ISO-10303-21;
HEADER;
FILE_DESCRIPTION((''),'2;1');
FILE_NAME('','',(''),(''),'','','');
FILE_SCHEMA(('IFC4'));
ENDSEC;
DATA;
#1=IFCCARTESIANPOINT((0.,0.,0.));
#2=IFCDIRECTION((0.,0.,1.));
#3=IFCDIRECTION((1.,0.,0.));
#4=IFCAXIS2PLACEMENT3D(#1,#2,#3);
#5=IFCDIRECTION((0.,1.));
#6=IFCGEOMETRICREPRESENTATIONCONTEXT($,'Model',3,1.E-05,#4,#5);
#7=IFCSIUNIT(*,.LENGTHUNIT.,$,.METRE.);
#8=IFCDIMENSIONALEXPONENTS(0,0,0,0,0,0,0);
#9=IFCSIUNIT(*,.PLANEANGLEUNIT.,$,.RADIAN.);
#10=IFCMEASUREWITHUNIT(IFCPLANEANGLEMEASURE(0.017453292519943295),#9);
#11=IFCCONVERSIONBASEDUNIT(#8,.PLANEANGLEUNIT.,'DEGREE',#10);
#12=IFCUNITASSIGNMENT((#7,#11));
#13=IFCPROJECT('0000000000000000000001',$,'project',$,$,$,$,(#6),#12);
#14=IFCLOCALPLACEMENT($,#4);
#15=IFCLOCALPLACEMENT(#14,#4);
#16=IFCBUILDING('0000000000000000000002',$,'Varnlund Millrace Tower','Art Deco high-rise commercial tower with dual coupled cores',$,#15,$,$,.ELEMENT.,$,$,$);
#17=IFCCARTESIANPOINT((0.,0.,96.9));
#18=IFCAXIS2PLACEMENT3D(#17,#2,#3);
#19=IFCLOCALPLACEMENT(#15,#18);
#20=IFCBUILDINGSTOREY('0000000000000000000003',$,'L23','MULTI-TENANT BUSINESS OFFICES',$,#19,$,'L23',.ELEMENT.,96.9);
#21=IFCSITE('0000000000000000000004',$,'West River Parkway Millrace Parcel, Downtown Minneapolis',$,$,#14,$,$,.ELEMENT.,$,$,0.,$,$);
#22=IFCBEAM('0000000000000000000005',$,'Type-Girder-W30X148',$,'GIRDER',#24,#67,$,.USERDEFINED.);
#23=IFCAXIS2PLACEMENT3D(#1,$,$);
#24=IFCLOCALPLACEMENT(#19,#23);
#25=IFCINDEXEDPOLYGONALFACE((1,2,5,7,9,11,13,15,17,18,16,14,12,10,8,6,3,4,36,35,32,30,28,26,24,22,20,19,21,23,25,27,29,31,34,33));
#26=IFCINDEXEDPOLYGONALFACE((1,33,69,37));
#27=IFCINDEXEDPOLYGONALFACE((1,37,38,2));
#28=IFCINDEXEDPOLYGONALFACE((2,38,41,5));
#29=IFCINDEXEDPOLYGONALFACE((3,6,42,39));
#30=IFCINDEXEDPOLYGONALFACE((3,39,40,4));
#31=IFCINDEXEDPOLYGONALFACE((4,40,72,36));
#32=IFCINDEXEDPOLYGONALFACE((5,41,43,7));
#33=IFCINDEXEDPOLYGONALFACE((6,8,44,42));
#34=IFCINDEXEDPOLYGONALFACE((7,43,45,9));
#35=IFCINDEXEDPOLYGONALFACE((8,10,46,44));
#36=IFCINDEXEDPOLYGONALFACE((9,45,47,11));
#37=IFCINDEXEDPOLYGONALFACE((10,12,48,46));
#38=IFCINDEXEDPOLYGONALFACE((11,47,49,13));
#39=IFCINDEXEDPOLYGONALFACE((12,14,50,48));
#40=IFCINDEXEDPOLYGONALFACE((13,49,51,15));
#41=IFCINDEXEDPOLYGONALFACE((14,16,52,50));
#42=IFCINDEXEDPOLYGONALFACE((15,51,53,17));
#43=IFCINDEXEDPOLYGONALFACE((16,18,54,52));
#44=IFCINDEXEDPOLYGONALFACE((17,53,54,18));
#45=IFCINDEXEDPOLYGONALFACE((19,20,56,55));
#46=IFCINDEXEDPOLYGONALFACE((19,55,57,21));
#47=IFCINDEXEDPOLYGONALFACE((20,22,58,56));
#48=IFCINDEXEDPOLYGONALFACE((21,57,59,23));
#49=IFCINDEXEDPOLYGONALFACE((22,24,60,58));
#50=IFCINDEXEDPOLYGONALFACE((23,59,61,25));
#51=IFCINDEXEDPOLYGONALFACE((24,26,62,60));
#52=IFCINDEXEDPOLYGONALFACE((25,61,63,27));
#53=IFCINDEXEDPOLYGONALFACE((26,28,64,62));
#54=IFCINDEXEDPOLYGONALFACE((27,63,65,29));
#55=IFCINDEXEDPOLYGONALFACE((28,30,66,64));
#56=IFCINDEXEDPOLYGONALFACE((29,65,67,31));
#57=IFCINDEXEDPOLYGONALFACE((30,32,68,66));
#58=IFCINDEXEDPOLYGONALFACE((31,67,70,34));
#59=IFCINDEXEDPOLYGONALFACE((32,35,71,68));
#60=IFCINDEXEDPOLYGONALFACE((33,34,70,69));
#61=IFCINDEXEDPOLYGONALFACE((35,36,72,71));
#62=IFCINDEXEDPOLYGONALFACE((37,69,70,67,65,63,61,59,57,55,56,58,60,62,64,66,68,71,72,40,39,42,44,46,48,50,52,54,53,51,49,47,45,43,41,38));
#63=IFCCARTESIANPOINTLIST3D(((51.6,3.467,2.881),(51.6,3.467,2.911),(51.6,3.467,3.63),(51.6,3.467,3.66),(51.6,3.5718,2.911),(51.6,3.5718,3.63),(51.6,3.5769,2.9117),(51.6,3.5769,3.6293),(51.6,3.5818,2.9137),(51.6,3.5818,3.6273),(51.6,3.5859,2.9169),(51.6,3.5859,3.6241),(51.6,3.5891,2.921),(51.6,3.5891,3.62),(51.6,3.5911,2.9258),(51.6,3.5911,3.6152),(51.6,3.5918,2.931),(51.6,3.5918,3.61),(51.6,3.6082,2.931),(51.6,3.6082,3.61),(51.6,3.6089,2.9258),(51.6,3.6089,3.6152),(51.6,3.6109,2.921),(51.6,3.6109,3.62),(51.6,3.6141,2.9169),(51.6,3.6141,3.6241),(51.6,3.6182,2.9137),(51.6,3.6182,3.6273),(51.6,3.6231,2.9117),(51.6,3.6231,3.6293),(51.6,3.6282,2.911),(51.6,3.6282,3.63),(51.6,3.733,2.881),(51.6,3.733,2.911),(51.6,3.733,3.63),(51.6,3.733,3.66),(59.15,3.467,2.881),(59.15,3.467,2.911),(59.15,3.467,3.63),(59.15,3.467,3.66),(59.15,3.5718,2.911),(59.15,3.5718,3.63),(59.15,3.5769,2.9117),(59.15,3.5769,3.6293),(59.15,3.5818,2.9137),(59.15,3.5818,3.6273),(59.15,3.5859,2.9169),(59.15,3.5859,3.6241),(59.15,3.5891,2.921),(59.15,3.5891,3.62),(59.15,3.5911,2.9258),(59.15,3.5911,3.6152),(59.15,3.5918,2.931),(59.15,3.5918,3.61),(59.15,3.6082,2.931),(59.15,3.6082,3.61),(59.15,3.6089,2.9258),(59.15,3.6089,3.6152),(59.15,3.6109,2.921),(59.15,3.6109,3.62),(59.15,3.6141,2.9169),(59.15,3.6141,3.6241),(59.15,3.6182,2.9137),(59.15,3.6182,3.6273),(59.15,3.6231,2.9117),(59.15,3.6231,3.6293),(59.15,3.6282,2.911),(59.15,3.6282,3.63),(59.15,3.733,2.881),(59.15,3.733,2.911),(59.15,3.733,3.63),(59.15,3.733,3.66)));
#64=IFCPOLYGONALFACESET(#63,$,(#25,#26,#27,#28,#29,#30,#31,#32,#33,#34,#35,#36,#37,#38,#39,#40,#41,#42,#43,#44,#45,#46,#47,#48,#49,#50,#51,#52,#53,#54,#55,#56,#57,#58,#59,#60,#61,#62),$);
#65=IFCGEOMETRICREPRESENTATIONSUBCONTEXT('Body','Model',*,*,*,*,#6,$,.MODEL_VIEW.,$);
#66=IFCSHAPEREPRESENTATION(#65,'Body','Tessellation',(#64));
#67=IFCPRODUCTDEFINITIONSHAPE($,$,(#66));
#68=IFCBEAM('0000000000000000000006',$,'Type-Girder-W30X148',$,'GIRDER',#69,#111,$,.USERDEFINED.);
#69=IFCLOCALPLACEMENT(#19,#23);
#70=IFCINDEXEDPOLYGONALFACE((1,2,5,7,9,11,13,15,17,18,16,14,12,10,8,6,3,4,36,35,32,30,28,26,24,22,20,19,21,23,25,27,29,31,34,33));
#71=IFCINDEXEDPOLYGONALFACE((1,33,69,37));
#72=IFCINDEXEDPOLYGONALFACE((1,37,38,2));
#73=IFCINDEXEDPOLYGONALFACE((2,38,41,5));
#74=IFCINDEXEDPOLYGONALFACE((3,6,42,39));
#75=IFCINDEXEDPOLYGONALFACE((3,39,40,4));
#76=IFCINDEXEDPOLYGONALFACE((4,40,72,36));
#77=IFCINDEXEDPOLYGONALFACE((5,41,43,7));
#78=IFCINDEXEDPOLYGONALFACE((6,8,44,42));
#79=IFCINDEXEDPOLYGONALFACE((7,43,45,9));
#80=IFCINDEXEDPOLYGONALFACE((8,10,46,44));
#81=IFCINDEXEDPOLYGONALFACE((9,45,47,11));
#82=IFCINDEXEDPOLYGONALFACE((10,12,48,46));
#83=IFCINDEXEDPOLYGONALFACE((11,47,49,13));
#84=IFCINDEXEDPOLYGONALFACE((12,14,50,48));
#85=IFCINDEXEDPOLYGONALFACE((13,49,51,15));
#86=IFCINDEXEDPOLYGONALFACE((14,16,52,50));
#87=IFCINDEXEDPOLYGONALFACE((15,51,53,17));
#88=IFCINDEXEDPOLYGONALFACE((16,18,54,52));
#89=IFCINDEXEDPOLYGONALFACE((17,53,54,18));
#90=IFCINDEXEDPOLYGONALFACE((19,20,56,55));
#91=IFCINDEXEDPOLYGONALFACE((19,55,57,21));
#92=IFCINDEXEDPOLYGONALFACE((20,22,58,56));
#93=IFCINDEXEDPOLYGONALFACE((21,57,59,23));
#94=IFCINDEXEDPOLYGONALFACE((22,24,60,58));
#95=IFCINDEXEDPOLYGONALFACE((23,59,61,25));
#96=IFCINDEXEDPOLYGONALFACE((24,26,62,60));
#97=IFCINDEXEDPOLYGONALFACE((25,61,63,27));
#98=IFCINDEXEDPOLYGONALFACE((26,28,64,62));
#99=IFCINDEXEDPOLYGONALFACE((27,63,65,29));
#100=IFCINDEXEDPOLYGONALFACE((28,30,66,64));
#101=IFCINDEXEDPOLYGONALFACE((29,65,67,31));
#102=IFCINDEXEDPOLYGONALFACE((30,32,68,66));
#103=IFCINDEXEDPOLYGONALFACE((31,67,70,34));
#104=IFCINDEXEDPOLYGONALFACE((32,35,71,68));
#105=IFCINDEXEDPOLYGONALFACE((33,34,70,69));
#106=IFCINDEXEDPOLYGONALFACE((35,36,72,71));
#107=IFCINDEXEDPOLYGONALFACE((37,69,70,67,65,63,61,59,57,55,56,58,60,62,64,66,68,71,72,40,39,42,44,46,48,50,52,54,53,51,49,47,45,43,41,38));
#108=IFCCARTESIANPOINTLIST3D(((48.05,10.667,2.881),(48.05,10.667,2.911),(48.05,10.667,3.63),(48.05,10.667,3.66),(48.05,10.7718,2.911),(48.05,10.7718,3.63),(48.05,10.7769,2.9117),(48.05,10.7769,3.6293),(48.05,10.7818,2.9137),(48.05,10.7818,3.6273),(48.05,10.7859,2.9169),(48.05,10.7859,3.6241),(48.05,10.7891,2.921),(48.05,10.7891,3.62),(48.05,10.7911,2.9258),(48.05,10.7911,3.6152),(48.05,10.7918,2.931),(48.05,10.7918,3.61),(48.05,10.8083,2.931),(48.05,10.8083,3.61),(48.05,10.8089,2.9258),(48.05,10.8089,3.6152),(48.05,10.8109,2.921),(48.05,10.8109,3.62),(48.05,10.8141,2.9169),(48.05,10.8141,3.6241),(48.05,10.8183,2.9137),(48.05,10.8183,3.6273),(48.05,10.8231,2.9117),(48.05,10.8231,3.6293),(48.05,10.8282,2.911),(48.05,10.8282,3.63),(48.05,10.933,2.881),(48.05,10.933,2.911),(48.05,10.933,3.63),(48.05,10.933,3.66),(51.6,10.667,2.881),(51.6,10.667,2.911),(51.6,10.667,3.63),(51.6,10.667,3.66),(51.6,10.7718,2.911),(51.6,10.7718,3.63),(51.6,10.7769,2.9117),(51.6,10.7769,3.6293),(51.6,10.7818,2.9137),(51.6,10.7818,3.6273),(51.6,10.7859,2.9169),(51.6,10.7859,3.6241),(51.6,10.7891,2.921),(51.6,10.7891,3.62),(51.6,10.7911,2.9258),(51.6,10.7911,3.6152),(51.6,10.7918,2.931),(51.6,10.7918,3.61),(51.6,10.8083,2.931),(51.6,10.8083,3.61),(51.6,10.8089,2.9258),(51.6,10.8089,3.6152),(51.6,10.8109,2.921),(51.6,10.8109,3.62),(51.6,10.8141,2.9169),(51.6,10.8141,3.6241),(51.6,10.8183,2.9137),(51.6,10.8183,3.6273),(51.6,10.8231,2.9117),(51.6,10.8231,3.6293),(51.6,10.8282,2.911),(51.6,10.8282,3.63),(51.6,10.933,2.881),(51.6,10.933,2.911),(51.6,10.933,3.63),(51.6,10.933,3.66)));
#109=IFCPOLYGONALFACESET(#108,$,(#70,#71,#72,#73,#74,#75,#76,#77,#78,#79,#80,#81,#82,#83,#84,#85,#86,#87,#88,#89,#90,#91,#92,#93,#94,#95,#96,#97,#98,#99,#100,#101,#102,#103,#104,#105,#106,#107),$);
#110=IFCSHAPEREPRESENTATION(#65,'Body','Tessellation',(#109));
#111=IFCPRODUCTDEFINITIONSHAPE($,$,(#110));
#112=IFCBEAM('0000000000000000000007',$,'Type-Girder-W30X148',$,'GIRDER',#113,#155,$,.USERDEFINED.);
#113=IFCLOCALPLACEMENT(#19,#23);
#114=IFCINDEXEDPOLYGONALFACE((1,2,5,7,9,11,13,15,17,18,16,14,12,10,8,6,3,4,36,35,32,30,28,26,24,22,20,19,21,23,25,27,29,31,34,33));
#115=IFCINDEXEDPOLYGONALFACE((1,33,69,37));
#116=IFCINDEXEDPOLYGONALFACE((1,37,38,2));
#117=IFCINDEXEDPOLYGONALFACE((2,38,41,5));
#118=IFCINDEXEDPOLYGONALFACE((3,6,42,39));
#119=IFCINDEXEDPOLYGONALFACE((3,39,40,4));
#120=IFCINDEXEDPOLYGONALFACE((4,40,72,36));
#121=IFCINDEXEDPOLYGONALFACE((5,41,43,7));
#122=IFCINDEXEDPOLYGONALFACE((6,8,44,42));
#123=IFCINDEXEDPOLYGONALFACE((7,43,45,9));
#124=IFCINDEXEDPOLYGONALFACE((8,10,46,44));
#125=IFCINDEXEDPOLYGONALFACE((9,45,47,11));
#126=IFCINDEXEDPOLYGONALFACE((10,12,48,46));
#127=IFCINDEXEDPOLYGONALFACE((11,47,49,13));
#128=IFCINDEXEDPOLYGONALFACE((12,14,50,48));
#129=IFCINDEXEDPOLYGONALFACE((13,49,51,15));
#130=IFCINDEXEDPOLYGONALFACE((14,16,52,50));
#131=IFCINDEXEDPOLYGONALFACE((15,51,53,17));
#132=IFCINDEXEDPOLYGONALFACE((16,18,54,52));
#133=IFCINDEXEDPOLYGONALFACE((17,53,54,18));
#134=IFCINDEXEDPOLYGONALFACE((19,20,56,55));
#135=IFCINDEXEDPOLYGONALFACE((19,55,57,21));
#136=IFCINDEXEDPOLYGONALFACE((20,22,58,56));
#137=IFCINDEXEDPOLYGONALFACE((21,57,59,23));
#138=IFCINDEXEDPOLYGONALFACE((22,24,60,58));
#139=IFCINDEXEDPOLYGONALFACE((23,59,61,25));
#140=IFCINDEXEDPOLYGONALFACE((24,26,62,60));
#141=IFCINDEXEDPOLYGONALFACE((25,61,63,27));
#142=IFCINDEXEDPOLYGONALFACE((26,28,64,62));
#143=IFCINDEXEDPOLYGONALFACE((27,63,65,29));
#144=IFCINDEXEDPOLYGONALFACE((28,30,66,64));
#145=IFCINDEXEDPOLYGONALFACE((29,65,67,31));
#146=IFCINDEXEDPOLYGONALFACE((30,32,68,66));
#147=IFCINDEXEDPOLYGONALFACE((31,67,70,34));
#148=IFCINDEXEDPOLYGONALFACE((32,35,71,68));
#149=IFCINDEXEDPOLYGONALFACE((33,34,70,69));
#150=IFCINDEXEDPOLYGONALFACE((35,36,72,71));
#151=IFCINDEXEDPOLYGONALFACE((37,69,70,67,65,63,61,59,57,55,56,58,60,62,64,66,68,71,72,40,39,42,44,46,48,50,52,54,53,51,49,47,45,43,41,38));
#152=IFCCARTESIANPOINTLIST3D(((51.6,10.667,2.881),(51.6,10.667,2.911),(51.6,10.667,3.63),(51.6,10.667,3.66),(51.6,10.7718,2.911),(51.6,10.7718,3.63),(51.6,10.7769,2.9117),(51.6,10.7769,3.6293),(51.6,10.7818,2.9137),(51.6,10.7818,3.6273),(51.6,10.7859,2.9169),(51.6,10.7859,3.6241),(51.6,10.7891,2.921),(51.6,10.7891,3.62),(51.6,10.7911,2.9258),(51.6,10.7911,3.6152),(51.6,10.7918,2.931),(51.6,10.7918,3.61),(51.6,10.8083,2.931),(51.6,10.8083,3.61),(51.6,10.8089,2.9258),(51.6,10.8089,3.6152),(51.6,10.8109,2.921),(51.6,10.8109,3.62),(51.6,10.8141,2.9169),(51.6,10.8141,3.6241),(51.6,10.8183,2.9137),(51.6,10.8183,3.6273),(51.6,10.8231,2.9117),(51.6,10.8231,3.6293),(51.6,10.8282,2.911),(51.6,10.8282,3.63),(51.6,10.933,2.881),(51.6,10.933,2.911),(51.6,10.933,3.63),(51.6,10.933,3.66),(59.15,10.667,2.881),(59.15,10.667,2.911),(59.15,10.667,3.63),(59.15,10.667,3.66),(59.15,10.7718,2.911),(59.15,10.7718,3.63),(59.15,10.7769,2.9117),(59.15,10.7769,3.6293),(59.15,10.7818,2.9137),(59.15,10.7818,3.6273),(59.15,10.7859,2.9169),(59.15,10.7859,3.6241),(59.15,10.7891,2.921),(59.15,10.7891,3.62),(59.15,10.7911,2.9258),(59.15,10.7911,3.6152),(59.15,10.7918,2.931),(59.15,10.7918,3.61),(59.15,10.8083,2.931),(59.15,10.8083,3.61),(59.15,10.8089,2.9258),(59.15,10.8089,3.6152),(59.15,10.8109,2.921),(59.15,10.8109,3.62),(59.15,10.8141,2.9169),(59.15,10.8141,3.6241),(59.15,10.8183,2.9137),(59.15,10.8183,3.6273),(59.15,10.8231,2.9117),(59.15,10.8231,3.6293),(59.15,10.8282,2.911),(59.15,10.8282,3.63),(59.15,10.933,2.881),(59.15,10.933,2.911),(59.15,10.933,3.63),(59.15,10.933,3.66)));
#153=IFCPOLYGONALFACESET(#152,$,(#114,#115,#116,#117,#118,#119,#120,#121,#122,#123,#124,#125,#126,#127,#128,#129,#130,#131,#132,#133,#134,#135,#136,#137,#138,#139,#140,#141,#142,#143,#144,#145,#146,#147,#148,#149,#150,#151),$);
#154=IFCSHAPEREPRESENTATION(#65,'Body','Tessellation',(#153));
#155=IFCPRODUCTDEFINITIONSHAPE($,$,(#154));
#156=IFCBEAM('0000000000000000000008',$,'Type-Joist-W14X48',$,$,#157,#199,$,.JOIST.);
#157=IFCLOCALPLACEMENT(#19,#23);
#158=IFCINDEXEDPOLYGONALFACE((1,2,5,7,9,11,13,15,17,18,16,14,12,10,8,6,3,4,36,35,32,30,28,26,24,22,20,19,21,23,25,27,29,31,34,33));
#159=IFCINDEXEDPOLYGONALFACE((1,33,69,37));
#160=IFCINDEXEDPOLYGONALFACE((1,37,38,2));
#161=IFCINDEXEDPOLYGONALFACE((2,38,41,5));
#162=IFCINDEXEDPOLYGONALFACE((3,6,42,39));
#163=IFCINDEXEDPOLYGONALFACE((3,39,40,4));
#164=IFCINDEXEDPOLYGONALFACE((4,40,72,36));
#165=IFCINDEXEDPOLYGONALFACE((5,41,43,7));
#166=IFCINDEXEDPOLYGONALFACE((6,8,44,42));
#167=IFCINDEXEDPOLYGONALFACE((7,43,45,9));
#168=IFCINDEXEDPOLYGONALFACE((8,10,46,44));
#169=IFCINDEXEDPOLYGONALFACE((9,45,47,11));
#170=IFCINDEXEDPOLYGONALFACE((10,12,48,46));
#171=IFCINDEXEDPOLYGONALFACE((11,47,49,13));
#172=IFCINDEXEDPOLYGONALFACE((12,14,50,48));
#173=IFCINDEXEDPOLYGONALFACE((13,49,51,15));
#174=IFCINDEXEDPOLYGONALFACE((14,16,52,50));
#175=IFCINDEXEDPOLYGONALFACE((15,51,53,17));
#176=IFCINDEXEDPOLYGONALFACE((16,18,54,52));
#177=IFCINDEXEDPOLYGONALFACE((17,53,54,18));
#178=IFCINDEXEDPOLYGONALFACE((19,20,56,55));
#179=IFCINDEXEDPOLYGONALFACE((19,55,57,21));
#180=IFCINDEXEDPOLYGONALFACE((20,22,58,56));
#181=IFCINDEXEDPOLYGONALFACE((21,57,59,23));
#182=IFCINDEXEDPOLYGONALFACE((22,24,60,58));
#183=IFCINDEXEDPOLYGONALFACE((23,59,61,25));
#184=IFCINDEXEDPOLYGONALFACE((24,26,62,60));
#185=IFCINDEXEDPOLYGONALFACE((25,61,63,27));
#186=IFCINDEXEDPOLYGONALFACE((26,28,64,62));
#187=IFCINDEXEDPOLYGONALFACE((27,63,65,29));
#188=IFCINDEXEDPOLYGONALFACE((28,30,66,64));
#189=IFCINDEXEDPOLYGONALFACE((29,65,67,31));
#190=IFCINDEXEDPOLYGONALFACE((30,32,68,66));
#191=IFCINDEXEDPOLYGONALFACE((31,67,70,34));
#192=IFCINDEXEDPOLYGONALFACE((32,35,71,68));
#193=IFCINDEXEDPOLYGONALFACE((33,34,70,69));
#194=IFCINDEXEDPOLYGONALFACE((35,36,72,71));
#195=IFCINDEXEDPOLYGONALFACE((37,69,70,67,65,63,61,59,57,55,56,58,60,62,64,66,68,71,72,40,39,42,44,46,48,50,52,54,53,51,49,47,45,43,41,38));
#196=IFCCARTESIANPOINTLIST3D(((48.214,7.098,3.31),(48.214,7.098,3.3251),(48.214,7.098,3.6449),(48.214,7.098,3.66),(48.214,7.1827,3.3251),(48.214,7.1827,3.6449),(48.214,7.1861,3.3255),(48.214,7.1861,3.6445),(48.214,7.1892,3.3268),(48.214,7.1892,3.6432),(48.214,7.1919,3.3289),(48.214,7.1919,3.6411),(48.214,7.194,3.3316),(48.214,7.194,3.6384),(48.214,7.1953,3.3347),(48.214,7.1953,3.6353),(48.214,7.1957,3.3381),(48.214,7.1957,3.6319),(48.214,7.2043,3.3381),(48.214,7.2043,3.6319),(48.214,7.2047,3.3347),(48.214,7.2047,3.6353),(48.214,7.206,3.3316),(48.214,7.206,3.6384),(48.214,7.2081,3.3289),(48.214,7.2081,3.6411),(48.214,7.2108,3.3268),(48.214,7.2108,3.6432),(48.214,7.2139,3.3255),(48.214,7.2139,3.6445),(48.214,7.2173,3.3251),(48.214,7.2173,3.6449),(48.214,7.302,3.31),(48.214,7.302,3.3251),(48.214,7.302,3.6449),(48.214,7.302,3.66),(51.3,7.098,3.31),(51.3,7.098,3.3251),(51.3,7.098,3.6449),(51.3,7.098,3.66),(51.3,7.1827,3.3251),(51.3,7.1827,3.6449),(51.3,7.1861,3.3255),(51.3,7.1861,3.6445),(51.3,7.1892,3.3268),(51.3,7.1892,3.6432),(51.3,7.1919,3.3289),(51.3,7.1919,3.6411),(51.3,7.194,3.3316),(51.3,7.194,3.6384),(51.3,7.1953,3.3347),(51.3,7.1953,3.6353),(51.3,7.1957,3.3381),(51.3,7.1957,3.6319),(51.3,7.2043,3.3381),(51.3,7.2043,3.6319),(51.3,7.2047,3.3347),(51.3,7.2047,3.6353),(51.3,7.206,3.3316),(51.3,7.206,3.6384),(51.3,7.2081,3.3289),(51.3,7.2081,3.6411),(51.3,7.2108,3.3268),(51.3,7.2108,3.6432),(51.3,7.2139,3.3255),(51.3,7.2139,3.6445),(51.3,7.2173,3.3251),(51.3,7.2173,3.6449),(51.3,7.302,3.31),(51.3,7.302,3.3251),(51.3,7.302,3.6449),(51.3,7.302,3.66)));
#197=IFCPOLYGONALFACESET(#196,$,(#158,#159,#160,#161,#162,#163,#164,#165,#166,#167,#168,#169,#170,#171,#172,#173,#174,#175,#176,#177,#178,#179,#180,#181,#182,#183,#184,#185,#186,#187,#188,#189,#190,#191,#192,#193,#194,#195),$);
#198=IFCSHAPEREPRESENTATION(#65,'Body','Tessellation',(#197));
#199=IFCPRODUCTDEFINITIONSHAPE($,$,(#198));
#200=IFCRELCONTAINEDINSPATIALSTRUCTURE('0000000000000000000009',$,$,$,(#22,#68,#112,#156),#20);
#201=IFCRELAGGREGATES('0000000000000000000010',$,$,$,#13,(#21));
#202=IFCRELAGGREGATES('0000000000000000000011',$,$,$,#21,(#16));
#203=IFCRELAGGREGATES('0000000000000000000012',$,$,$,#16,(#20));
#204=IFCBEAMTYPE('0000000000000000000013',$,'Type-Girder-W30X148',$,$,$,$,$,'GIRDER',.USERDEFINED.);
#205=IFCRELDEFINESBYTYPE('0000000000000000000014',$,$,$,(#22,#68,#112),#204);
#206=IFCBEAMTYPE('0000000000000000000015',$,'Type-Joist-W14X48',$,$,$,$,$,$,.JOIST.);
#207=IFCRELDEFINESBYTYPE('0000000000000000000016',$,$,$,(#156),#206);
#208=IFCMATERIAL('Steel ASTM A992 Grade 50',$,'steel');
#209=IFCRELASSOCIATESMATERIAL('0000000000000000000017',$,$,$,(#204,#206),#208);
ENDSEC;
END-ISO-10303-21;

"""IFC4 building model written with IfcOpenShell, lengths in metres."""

from ifc_helpers import new_model, entity, si_unit, converted_unit, direction, frame, origin_with_axes, origin_2d_with_axis, place, context, subcontext, project, spatial, i_section, extrude, material, material_profile, profile_set, type_object, element, save


model = new_model("IFC4")

# Units and contexts
model_context = context("Model", 3, precision=1e-05, world=origin_with_axes(), true_north=direction((0.0, 1.0)))
body_context = subcontext(model_context, "Body", "Model", "MODEL_VIEW")
ifc_project = project(units=[si_unit("LENGTHUNIT", "METRE"), converted_unit("PLANEANGLEUNIT", "DEGREE", entity("IfcPlaneAngleMeasure", 0.017453292519943295), si_unit("PLANEANGLEUNIT", "RADIAN"), dimensions=[0, 0, 0, 0, 0, 0, 0])], contexts=[model_context])

# Site, building, storey
site_placement = place(None, origin_with_axes())
site = spatial("IfcSite", under=ifc_project, at=site_placement, Name="West River Parkway Millrace Parcel, Downtown Minneapolis", CompositionType="ELEMENT", RefElevation=0.0)
building_placement = place(site_placement, origin_with_axes())
building = spatial("IfcBuilding", under=site, at=building_placement, Name="Varnlund Millrace Tower", Description="Art Deco high-rise commercial tower with dual coupled cores", CompositionType="ELEMENT")
storey_placement = place(building_placement, frame((0.0, 0.0, 96.9), z_axis=(0.0, 0.0, 1.0), x_axis=(1.0, 0.0, 0.0)))
storey = spatial("IfcBuildingStorey", under=building, at=storey_placement, Name="L23", Description="MULTI-TENANT BUSINESS OFFICES", LongName="L23", CompositionType="ELEMENT", Elevation=96.9)

# Beams
ifc_material_1 = material(Name="Steel ASTM A992 Grade 50", Category="steel")
ifc_material_profile_1 = material_profile(ifc_material_1, i_section(OverallWidth=0.266, OverallDepth=0.779, WebThickness=0.0165, FlangeThickness=0.03, FilletRadius=0.02, at=origin_2d_with_axis()), Name="Steel ASTM A992 Grade 50")
ifc_profile_set_1 = profile_set([ifc_material_profile_1], Name="Steel ASTM A992 Grade 50")
beam_type_1 = type_object("IfcBeamType", Name="Type-Girder-W30X148", ElementType="GIRDER", PredefinedType="USERDEFINED", material=ifc_profile_set_1)
beam_1_placement = place(storey_placement, frame((51.6, 3.6, 3.2705), z_axis=(1.0, 0.0, 0.0), x_axis=(0.0, 1.0, 0.0)))
element("IfcBeam", 1, at=beam_1_placement, inside=storey, type_object=beam_type_1, Name="Type-Girder-W30X148", ObjectType="GIRDER", PredefinedType="USERDEFINED", context=body_context, shape_type="SweptSolid", body=[
    extrude(i_section(OverallWidth=0.266, OverallDepth=0.779, WebThickness=0.0165, FlangeThickness=0.03, FilletRadius=0.02, at=origin_2d_with_axis()), origin_with_axes(), (0.0, 0.0, 1.0), 7.55),
])
beam_2_placement = place(storey_placement, frame((48.05, 10.8, 3.2705), z_axis=(1.0, 0.0, 0.0), x_axis=(0.0, 1.0, 0.0)))
element("IfcBeam", 2, at=beam_2_placement, inside=storey, type_object=beam_type_1, Name="Type-Girder-W30X148", ObjectType="GIRDER", PredefinedType="USERDEFINED", context=body_context, shape_type="SweptSolid", body=[
    extrude(i_section(OverallWidth=0.266, OverallDepth=0.779, WebThickness=0.0165, FlangeThickness=0.03, FilletRadius=0.02, at=origin_2d_with_axis()), origin_with_axes(), (0.0, 0.0, 1.0), 3.55),
])
beam_3_placement = place(storey_placement, frame((51.6, 10.8, 3.2705), z_axis=(1.0, 0.0, 0.0), x_axis=(0.0, 1.0, 0.0)))
element("IfcBeam", 3, at=beam_3_placement, inside=storey, type_object=beam_type_1, Name="Type-Girder-W30X148", ObjectType="GIRDER", PredefinedType="USERDEFINED", context=body_context, shape_type="SweptSolid", body=[
    extrude(i_section(OverallWidth=0.266, OverallDepth=0.779, WebThickness=0.0165, FlangeThickness=0.03, FilletRadius=0.02, at=origin_2d_with_axis()), origin_with_axes(), (0.0, 0.0, 1.0), 7.55),
])
ifc_material_profile_2 = material_profile(ifc_material_1, i_section(OverallWidth=0.204, OverallDepth=0.35, WebThickness=0.0086, FlangeThickness=0.0151, FilletRadius=0.013, at=origin_2d_with_axis()), Name="Steel ASTM A992 Grade 50")
ifc_profile_set_2 = profile_set([ifc_material_profile_2], Name="Steel ASTM A992 Grade 50")
beam_type_2 = type_object("IfcBeamType", Name="Type-Joist-W14X48", PredefinedType="JOIST", material=ifc_profile_set_2)
beam_4_placement = place(storey_placement, frame((48.214, 7.2, 3.485), z_axis=(1.0, 0.0, 0.0), x_axis=(0.0, 1.0, 0.0)))
element("IfcBeam", 4, at=beam_4_placement, inside=storey, type_object=beam_type_2, Name="Type-Joist-W14X48", PredefinedType="JOIST", context=body_context, shape_type="SweptSolid", body=[
    extrude(i_section(OverallWidth=0.204, OverallDepth=0.35, WebThickness=0.0086, FlangeThickness=0.0151, FilletRadius=0.013, at=origin_2d_with_axis()), origin_with_axes(), (0.0, 0.0, 1.0), 3.086),
])

save(model, "model.ifc")
